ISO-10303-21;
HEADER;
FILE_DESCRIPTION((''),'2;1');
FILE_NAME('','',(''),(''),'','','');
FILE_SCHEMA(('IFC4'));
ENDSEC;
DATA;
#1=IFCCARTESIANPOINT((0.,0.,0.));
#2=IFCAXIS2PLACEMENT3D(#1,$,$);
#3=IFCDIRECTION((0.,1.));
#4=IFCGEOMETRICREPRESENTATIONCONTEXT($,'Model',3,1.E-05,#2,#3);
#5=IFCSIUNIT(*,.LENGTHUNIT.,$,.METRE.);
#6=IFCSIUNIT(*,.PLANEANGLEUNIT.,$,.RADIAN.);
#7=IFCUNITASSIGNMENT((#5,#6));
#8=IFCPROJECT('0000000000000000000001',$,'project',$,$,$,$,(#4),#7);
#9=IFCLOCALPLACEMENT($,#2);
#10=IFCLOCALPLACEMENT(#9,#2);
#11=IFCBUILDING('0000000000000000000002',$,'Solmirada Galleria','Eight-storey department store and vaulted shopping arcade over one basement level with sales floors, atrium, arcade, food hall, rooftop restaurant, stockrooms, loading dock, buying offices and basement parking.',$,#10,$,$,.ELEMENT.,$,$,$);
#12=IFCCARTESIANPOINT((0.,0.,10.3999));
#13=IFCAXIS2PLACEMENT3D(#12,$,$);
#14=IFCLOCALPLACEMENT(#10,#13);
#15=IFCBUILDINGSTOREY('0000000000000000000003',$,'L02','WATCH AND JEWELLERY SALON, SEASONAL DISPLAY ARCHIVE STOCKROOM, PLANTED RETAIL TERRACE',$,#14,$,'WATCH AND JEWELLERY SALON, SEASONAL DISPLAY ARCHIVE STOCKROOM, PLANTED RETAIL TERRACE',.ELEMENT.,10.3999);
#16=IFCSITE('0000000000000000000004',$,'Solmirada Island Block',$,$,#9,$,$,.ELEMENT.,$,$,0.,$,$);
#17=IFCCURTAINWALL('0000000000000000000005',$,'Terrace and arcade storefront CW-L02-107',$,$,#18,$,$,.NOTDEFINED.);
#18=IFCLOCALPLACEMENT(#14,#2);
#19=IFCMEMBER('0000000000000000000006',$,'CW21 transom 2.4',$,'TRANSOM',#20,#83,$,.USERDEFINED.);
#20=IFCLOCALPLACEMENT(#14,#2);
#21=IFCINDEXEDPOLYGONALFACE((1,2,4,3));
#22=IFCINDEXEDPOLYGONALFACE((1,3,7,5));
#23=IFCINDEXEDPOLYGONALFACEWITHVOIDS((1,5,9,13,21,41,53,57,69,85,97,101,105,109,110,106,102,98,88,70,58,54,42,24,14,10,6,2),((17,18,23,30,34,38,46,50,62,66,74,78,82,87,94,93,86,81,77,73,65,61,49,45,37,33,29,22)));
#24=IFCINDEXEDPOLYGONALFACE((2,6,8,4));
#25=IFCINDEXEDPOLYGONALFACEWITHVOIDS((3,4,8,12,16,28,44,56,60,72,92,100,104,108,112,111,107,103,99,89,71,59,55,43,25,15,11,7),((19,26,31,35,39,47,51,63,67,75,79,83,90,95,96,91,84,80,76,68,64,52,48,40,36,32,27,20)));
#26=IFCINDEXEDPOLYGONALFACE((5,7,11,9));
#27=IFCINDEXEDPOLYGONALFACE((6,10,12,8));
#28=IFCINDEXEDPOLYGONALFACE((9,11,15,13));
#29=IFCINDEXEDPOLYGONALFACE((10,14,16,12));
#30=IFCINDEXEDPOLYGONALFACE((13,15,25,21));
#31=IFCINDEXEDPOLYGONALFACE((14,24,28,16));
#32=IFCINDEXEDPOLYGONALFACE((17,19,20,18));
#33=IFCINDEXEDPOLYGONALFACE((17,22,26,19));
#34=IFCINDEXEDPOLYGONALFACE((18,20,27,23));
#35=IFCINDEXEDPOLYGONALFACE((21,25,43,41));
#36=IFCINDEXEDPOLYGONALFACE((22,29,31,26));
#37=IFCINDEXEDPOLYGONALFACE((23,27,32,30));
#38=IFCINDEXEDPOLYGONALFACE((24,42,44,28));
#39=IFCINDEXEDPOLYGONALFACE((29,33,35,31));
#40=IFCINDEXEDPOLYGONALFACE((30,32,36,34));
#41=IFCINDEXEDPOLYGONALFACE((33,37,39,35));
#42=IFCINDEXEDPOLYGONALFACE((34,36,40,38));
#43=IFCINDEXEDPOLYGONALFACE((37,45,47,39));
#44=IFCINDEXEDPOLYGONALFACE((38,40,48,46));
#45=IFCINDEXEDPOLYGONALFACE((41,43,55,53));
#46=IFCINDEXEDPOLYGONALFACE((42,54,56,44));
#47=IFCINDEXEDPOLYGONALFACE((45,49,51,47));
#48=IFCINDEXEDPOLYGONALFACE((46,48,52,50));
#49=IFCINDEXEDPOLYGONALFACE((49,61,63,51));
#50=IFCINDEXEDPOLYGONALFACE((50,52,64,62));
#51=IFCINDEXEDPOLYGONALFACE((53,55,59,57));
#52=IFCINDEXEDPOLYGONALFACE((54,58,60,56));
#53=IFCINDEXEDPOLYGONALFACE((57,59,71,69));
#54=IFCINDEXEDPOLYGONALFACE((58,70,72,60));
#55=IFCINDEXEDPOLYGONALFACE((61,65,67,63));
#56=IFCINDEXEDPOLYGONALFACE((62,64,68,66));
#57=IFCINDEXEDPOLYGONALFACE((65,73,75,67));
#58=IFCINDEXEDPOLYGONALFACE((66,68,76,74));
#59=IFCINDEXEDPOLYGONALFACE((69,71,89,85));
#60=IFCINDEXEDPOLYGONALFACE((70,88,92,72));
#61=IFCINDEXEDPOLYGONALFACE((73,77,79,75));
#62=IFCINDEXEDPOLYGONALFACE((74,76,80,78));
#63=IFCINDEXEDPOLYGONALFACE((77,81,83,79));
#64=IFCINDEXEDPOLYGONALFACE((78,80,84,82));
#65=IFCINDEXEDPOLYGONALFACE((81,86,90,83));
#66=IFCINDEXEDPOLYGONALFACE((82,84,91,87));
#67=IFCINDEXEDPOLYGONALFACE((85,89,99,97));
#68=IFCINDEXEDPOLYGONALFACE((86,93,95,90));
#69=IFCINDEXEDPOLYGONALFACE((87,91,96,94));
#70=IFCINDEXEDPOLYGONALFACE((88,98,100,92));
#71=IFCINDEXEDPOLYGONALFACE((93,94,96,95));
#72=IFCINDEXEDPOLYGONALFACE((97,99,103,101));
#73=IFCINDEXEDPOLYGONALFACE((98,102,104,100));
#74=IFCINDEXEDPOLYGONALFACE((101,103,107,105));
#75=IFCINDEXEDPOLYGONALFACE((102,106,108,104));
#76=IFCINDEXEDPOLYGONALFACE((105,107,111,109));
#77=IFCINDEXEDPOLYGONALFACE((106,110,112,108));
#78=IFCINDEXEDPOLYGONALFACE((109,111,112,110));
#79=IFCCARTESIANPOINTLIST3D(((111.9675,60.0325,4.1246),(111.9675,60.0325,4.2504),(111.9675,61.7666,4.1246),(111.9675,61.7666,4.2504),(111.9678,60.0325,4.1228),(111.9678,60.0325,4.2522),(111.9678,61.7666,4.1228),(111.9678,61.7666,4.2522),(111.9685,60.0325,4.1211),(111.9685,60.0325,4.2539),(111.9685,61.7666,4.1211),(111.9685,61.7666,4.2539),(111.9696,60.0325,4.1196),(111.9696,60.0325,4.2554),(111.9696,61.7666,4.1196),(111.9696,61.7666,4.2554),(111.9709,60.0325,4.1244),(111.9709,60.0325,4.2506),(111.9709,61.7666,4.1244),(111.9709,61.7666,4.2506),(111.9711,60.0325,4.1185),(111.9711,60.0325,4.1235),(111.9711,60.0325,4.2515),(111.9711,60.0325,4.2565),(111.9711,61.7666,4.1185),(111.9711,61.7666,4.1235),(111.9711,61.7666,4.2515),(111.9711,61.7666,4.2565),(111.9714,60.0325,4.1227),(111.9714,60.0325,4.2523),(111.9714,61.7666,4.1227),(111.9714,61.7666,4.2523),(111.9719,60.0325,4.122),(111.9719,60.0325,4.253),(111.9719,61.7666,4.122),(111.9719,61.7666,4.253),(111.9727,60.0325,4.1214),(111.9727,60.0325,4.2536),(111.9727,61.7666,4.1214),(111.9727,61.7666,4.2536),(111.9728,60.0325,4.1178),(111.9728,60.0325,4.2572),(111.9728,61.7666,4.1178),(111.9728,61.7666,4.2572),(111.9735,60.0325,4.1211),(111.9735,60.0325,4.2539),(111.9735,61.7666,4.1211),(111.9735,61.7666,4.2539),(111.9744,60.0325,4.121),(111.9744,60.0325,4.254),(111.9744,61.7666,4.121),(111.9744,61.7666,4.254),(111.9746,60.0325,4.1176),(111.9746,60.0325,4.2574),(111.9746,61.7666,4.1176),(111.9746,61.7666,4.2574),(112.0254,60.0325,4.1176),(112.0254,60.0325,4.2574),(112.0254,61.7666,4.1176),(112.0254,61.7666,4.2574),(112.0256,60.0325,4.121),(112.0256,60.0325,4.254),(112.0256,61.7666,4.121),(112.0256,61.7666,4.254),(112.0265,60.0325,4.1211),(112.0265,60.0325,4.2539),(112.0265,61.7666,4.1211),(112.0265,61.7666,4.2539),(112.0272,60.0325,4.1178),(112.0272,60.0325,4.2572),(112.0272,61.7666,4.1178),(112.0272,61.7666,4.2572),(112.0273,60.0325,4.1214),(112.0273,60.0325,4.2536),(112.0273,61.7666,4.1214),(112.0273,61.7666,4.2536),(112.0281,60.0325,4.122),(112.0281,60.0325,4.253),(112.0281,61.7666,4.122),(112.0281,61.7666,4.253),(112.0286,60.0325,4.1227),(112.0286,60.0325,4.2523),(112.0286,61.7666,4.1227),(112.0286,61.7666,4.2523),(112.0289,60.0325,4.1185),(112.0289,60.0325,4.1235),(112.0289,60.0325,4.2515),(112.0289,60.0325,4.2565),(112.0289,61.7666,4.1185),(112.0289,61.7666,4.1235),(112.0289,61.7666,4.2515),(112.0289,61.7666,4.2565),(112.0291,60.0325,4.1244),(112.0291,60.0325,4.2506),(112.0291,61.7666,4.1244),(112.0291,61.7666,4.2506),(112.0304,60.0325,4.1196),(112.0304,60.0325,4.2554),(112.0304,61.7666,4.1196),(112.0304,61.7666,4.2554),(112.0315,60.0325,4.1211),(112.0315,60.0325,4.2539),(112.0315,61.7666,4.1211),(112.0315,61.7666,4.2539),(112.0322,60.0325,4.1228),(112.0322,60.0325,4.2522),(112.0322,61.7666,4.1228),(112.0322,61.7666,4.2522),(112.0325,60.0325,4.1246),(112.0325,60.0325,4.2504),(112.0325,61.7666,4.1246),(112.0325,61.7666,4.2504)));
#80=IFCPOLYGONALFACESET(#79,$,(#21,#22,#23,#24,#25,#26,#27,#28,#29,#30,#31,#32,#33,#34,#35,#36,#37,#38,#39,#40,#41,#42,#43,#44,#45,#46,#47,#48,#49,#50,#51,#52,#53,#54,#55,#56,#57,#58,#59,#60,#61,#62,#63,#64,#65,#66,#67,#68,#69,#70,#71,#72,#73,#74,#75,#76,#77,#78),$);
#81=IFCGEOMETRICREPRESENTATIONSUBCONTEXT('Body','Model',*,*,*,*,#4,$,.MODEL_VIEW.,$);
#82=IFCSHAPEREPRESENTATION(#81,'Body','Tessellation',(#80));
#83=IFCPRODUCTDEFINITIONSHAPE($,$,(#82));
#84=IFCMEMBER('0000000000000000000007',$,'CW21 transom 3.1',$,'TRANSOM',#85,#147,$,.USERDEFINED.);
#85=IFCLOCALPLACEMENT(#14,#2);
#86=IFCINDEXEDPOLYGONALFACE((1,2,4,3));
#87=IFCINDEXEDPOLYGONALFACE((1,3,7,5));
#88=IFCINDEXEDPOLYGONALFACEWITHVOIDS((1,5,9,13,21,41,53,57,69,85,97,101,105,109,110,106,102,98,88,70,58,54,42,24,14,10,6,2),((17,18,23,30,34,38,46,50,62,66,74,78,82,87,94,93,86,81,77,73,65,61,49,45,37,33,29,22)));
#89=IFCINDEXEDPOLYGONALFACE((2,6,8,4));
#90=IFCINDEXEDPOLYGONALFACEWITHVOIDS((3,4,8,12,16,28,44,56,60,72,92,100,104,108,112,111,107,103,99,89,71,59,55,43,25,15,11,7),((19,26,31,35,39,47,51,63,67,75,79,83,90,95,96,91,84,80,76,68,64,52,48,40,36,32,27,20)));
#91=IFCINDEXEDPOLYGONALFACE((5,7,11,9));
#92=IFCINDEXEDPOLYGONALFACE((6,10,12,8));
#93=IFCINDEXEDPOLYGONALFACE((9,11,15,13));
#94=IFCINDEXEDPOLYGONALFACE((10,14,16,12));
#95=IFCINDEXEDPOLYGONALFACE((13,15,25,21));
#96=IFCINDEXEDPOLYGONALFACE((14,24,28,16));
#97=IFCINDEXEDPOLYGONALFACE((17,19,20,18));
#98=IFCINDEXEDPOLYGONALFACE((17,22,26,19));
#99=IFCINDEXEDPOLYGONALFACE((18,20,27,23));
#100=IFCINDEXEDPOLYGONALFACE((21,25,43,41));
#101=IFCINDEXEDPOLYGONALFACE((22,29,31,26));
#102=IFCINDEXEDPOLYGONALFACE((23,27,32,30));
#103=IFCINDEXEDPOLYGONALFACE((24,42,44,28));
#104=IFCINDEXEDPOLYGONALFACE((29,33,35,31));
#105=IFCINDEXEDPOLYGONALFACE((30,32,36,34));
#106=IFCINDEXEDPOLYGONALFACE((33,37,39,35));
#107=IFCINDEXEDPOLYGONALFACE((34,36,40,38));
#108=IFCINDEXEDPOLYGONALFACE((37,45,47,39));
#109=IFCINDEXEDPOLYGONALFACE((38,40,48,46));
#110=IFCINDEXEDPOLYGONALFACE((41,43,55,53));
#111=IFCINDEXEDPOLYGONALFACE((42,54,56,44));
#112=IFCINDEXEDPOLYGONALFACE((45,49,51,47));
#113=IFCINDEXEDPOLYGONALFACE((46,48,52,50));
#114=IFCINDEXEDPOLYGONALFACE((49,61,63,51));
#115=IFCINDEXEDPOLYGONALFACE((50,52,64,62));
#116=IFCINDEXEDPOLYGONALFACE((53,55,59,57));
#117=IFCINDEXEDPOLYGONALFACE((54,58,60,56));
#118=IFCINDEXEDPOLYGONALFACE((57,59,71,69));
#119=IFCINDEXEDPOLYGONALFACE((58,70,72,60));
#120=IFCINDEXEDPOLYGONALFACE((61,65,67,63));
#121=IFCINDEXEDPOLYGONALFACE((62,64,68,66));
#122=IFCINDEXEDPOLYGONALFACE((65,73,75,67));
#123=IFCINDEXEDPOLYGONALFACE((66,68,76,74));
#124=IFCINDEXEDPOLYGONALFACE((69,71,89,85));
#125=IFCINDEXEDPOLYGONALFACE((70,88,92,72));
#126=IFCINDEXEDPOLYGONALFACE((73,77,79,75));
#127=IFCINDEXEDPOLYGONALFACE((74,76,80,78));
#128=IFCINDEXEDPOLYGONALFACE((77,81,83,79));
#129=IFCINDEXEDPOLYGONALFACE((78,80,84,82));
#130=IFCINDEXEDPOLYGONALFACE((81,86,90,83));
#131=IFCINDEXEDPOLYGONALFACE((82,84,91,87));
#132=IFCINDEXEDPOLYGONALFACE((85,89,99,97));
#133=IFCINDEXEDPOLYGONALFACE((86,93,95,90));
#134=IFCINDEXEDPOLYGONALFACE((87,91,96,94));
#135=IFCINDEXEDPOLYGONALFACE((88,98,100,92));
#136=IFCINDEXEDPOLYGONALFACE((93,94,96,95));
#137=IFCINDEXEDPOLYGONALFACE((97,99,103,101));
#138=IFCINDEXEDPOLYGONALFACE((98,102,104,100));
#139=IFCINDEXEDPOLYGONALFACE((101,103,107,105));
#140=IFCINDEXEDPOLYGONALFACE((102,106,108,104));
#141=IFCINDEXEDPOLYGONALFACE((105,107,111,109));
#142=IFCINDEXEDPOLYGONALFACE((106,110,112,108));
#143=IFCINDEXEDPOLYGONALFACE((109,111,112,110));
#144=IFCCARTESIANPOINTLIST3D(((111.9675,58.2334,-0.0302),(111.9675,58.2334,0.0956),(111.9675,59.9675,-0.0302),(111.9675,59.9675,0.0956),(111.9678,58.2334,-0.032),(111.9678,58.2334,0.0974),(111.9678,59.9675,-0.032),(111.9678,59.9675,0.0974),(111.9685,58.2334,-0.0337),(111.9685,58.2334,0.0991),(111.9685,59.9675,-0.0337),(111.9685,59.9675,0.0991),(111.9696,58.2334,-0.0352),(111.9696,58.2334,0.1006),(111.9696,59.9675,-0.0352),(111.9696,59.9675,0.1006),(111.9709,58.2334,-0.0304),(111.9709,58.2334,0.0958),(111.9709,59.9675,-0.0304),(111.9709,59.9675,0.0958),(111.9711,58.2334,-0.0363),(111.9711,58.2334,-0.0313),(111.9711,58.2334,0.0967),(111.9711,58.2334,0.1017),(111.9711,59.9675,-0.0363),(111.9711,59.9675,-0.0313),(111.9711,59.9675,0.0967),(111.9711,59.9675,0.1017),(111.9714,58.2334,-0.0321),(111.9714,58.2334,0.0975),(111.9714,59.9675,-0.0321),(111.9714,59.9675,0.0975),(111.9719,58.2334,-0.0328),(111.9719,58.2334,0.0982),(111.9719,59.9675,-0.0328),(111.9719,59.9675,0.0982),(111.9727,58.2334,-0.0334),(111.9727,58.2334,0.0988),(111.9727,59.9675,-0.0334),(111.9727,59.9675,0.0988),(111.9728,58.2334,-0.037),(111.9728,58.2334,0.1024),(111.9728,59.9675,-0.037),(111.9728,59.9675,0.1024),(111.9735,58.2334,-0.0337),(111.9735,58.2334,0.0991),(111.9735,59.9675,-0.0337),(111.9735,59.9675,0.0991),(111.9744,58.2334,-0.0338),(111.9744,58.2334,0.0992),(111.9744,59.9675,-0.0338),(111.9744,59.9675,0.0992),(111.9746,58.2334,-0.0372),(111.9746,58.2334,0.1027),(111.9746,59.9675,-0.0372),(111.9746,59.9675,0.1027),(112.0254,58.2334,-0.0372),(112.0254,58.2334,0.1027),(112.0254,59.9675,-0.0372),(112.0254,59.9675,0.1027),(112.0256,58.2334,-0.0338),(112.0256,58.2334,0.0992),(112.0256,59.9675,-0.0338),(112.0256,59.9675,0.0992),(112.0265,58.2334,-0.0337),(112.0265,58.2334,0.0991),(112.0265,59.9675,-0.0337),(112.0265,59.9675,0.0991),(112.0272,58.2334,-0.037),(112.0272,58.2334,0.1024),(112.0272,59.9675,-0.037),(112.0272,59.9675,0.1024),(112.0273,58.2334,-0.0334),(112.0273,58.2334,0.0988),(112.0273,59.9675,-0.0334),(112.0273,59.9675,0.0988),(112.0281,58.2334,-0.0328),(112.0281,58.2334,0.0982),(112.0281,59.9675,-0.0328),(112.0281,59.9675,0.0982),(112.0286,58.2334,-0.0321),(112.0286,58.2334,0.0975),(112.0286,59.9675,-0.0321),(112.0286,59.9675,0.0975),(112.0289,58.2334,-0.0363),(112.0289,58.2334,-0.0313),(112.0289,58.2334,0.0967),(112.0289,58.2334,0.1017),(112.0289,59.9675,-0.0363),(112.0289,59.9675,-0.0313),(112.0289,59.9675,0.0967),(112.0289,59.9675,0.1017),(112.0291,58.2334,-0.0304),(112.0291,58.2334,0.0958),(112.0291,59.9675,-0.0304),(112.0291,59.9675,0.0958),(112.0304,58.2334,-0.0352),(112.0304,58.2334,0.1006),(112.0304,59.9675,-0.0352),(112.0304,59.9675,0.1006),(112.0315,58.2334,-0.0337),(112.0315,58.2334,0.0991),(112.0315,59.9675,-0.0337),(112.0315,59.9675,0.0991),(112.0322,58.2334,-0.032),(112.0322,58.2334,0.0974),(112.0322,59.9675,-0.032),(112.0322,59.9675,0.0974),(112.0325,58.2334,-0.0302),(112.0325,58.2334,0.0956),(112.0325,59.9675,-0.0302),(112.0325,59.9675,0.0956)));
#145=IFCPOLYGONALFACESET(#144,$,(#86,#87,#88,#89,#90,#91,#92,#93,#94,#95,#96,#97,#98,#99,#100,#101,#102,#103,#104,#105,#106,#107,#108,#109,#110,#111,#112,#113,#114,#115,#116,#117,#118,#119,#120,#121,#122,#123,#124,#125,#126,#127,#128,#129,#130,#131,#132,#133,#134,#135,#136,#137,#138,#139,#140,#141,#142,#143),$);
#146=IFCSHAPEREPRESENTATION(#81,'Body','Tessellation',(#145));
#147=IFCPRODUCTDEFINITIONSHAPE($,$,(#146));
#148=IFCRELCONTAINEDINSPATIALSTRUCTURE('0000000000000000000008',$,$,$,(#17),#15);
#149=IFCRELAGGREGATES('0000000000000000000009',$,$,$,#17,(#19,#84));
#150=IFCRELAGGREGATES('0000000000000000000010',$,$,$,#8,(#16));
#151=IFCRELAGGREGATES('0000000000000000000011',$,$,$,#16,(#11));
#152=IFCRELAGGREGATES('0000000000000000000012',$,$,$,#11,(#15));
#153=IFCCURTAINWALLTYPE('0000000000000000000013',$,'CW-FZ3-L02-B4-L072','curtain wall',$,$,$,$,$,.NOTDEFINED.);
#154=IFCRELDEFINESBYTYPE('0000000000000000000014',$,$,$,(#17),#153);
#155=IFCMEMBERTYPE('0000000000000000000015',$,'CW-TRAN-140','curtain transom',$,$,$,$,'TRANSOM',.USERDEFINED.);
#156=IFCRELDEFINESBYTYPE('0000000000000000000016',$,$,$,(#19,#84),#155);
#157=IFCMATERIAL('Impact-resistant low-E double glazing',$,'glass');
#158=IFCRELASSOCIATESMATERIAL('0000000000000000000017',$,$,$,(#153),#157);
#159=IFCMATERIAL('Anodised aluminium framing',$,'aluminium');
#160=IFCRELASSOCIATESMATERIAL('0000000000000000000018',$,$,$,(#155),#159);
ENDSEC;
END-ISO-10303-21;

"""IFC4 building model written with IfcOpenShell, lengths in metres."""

from ifc_helpers import new_model, si_unit, direction, frame, origin, origin_2d, place, context, subcontext, project, spatial, hollow_rectangle, extrude, material, material_profile, profile_set, type_object, element, aggregate, save


model = new_model("IFC4")

# Units and contexts
model_context = context("Model", 3, precision=1e-05, world=origin(), true_north=direction((0.0, 1.0)))
body_context = subcontext(model_context, "Body", "Model", "MODEL_VIEW")
ifc_project = project(units=[si_unit("LENGTHUNIT", "METRE"), si_unit("PLANEANGLEUNIT", "RADIAN")], contexts=[model_context])

# Site, building, storey
site_placement = place(None, origin())
site = spatial("IfcSite", under=ifc_project, at=site_placement, Name="Solmirada Island Block", CompositionType="ELEMENT", RefElevation=0.0)
building_placement = place(site_placement, origin())
building = spatial("IfcBuilding", under=site, at=building_placement, Name="Solmirada Galleria", Description="Eight-storey department store and vaulted shopping arcade over one basement level with sales floors, atrium, arcade, food hall, rooftop restaurant, stockrooms, loading dock, buying offices and basement parking.", CompositionType="ELEMENT")
storey_placement = place(building_placement, frame((0.0, 0.0, 10.3999)))
storey = spatial("IfcBuildingStorey", under=building, at=storey_placement, Name="L02", Description="WATCH AND JEWELLERY SALON, SEASONAL DISPLAY ARCHIVE STOCKROOM, PLANTED RETAIL TERRACE", LongName="WATCH AND JEWELLERY SALON, SEASONAL DISPLAY ARCHIVE STOCKROOM, PLANTED RETAIL TERRACE", CompositionType="ELEMENT", Elevation=10.3999)

# Curtain wall
ifc_material_1 = material(Name="Impact-resistant low-E double glazing", Category="glass")
curtain_wall_type_1 = type_object("IfcCurtainWallType", Name="CW-FZ3-L02-B4-L072", Description="curtain wall", PredefinedType="NOTDEFINED", material=ifc_material_1)
curtain_wall_1_placement = place(storey_placement, origin())
curtain_wall_1 = element("IfcCurtainWall", 1, at=curtain_wall_1_placement, inside=storey, type_object=curtain_wall_type_1, Name="Terrace and arcade storefront CW-L02-107", PredefinedType="NOTDEFINED")
ifc_material_2 = material(Name="Anodised aluminium framing", Category="aluminium")

# Members
ifc_material_profile_1 = material_profile(ifc_material_2, hollow_rectangle(XDim=0.0649, YDim=0.1399, WallThickness=0.0034, InnerFilletRadius=0.0034, OuterFilletRadius=0.0071, at=origin_2d()), Name="ALU-TRAN-140X65")
ifc_profile_set_1 = profile_set([ifc_material_profile_1], Name="Anodised aluminium framing")
member_type_1 = type_object("IfcMemberType", Name="CW-TRAN-140", Description="curtain transom", ElementType="TRANSOM", PredefinedType="USERDEFINED", material=ifc_profile_set_1)
member_1_placement = place(storey_placement, frame((112.0, 61.7666, 4.1875), z_axis=(0.0, -1.0, 0.0), x_axis=(1.0, 0.0, 0.0)))
member_1 = element("IfcMember", 2, at=member_1_placement, type_object=member_type_1, Name="CW21 transom 2.4", ObjectType="TRANSOM", PredefinedType="USERDEFINED", context=body_context, shape_type="SweptSolid", body=[
    extrude(hollow_rectangle(XDim=0.0649, YDim=0.1399, WallThickness=0.0034, InnerFilletRadius=0.0034, OuterFilletRadius=0.0071, at=origin_2d()), origin(), (0.0, 0.0, 1.0), 1.7341),
])
member_2_placement = place(storey_placement, frame((112.0, 59.9675, 0.0327), z_axis=(0.0, -1.0, 0.0), x_axis=(1.0, 0.0, 0.0)))
member_2 = element("IfcMember", 3, at=member_2_placement, type_object=member_type_1, Name="CW21 transom 3.1", ObjectType="TRANSOM", PredefinedType="USERDEFINED", context=body_context, shape_type="SweptSolid", body=[
    extrude(hollow_rectangle(XDim=0.0649, YDim=0.1399, WallThickness=0.0034, InnerFilletRadius=0.0034, OuterFilletRadius=0.0071, at=origin_2d()), origin(), (0.0, 0.0, 1.0), 1.7341),
])

aggregate(curtain_wall_1, [member_1, member_2])

save(model, "model.ifc")
